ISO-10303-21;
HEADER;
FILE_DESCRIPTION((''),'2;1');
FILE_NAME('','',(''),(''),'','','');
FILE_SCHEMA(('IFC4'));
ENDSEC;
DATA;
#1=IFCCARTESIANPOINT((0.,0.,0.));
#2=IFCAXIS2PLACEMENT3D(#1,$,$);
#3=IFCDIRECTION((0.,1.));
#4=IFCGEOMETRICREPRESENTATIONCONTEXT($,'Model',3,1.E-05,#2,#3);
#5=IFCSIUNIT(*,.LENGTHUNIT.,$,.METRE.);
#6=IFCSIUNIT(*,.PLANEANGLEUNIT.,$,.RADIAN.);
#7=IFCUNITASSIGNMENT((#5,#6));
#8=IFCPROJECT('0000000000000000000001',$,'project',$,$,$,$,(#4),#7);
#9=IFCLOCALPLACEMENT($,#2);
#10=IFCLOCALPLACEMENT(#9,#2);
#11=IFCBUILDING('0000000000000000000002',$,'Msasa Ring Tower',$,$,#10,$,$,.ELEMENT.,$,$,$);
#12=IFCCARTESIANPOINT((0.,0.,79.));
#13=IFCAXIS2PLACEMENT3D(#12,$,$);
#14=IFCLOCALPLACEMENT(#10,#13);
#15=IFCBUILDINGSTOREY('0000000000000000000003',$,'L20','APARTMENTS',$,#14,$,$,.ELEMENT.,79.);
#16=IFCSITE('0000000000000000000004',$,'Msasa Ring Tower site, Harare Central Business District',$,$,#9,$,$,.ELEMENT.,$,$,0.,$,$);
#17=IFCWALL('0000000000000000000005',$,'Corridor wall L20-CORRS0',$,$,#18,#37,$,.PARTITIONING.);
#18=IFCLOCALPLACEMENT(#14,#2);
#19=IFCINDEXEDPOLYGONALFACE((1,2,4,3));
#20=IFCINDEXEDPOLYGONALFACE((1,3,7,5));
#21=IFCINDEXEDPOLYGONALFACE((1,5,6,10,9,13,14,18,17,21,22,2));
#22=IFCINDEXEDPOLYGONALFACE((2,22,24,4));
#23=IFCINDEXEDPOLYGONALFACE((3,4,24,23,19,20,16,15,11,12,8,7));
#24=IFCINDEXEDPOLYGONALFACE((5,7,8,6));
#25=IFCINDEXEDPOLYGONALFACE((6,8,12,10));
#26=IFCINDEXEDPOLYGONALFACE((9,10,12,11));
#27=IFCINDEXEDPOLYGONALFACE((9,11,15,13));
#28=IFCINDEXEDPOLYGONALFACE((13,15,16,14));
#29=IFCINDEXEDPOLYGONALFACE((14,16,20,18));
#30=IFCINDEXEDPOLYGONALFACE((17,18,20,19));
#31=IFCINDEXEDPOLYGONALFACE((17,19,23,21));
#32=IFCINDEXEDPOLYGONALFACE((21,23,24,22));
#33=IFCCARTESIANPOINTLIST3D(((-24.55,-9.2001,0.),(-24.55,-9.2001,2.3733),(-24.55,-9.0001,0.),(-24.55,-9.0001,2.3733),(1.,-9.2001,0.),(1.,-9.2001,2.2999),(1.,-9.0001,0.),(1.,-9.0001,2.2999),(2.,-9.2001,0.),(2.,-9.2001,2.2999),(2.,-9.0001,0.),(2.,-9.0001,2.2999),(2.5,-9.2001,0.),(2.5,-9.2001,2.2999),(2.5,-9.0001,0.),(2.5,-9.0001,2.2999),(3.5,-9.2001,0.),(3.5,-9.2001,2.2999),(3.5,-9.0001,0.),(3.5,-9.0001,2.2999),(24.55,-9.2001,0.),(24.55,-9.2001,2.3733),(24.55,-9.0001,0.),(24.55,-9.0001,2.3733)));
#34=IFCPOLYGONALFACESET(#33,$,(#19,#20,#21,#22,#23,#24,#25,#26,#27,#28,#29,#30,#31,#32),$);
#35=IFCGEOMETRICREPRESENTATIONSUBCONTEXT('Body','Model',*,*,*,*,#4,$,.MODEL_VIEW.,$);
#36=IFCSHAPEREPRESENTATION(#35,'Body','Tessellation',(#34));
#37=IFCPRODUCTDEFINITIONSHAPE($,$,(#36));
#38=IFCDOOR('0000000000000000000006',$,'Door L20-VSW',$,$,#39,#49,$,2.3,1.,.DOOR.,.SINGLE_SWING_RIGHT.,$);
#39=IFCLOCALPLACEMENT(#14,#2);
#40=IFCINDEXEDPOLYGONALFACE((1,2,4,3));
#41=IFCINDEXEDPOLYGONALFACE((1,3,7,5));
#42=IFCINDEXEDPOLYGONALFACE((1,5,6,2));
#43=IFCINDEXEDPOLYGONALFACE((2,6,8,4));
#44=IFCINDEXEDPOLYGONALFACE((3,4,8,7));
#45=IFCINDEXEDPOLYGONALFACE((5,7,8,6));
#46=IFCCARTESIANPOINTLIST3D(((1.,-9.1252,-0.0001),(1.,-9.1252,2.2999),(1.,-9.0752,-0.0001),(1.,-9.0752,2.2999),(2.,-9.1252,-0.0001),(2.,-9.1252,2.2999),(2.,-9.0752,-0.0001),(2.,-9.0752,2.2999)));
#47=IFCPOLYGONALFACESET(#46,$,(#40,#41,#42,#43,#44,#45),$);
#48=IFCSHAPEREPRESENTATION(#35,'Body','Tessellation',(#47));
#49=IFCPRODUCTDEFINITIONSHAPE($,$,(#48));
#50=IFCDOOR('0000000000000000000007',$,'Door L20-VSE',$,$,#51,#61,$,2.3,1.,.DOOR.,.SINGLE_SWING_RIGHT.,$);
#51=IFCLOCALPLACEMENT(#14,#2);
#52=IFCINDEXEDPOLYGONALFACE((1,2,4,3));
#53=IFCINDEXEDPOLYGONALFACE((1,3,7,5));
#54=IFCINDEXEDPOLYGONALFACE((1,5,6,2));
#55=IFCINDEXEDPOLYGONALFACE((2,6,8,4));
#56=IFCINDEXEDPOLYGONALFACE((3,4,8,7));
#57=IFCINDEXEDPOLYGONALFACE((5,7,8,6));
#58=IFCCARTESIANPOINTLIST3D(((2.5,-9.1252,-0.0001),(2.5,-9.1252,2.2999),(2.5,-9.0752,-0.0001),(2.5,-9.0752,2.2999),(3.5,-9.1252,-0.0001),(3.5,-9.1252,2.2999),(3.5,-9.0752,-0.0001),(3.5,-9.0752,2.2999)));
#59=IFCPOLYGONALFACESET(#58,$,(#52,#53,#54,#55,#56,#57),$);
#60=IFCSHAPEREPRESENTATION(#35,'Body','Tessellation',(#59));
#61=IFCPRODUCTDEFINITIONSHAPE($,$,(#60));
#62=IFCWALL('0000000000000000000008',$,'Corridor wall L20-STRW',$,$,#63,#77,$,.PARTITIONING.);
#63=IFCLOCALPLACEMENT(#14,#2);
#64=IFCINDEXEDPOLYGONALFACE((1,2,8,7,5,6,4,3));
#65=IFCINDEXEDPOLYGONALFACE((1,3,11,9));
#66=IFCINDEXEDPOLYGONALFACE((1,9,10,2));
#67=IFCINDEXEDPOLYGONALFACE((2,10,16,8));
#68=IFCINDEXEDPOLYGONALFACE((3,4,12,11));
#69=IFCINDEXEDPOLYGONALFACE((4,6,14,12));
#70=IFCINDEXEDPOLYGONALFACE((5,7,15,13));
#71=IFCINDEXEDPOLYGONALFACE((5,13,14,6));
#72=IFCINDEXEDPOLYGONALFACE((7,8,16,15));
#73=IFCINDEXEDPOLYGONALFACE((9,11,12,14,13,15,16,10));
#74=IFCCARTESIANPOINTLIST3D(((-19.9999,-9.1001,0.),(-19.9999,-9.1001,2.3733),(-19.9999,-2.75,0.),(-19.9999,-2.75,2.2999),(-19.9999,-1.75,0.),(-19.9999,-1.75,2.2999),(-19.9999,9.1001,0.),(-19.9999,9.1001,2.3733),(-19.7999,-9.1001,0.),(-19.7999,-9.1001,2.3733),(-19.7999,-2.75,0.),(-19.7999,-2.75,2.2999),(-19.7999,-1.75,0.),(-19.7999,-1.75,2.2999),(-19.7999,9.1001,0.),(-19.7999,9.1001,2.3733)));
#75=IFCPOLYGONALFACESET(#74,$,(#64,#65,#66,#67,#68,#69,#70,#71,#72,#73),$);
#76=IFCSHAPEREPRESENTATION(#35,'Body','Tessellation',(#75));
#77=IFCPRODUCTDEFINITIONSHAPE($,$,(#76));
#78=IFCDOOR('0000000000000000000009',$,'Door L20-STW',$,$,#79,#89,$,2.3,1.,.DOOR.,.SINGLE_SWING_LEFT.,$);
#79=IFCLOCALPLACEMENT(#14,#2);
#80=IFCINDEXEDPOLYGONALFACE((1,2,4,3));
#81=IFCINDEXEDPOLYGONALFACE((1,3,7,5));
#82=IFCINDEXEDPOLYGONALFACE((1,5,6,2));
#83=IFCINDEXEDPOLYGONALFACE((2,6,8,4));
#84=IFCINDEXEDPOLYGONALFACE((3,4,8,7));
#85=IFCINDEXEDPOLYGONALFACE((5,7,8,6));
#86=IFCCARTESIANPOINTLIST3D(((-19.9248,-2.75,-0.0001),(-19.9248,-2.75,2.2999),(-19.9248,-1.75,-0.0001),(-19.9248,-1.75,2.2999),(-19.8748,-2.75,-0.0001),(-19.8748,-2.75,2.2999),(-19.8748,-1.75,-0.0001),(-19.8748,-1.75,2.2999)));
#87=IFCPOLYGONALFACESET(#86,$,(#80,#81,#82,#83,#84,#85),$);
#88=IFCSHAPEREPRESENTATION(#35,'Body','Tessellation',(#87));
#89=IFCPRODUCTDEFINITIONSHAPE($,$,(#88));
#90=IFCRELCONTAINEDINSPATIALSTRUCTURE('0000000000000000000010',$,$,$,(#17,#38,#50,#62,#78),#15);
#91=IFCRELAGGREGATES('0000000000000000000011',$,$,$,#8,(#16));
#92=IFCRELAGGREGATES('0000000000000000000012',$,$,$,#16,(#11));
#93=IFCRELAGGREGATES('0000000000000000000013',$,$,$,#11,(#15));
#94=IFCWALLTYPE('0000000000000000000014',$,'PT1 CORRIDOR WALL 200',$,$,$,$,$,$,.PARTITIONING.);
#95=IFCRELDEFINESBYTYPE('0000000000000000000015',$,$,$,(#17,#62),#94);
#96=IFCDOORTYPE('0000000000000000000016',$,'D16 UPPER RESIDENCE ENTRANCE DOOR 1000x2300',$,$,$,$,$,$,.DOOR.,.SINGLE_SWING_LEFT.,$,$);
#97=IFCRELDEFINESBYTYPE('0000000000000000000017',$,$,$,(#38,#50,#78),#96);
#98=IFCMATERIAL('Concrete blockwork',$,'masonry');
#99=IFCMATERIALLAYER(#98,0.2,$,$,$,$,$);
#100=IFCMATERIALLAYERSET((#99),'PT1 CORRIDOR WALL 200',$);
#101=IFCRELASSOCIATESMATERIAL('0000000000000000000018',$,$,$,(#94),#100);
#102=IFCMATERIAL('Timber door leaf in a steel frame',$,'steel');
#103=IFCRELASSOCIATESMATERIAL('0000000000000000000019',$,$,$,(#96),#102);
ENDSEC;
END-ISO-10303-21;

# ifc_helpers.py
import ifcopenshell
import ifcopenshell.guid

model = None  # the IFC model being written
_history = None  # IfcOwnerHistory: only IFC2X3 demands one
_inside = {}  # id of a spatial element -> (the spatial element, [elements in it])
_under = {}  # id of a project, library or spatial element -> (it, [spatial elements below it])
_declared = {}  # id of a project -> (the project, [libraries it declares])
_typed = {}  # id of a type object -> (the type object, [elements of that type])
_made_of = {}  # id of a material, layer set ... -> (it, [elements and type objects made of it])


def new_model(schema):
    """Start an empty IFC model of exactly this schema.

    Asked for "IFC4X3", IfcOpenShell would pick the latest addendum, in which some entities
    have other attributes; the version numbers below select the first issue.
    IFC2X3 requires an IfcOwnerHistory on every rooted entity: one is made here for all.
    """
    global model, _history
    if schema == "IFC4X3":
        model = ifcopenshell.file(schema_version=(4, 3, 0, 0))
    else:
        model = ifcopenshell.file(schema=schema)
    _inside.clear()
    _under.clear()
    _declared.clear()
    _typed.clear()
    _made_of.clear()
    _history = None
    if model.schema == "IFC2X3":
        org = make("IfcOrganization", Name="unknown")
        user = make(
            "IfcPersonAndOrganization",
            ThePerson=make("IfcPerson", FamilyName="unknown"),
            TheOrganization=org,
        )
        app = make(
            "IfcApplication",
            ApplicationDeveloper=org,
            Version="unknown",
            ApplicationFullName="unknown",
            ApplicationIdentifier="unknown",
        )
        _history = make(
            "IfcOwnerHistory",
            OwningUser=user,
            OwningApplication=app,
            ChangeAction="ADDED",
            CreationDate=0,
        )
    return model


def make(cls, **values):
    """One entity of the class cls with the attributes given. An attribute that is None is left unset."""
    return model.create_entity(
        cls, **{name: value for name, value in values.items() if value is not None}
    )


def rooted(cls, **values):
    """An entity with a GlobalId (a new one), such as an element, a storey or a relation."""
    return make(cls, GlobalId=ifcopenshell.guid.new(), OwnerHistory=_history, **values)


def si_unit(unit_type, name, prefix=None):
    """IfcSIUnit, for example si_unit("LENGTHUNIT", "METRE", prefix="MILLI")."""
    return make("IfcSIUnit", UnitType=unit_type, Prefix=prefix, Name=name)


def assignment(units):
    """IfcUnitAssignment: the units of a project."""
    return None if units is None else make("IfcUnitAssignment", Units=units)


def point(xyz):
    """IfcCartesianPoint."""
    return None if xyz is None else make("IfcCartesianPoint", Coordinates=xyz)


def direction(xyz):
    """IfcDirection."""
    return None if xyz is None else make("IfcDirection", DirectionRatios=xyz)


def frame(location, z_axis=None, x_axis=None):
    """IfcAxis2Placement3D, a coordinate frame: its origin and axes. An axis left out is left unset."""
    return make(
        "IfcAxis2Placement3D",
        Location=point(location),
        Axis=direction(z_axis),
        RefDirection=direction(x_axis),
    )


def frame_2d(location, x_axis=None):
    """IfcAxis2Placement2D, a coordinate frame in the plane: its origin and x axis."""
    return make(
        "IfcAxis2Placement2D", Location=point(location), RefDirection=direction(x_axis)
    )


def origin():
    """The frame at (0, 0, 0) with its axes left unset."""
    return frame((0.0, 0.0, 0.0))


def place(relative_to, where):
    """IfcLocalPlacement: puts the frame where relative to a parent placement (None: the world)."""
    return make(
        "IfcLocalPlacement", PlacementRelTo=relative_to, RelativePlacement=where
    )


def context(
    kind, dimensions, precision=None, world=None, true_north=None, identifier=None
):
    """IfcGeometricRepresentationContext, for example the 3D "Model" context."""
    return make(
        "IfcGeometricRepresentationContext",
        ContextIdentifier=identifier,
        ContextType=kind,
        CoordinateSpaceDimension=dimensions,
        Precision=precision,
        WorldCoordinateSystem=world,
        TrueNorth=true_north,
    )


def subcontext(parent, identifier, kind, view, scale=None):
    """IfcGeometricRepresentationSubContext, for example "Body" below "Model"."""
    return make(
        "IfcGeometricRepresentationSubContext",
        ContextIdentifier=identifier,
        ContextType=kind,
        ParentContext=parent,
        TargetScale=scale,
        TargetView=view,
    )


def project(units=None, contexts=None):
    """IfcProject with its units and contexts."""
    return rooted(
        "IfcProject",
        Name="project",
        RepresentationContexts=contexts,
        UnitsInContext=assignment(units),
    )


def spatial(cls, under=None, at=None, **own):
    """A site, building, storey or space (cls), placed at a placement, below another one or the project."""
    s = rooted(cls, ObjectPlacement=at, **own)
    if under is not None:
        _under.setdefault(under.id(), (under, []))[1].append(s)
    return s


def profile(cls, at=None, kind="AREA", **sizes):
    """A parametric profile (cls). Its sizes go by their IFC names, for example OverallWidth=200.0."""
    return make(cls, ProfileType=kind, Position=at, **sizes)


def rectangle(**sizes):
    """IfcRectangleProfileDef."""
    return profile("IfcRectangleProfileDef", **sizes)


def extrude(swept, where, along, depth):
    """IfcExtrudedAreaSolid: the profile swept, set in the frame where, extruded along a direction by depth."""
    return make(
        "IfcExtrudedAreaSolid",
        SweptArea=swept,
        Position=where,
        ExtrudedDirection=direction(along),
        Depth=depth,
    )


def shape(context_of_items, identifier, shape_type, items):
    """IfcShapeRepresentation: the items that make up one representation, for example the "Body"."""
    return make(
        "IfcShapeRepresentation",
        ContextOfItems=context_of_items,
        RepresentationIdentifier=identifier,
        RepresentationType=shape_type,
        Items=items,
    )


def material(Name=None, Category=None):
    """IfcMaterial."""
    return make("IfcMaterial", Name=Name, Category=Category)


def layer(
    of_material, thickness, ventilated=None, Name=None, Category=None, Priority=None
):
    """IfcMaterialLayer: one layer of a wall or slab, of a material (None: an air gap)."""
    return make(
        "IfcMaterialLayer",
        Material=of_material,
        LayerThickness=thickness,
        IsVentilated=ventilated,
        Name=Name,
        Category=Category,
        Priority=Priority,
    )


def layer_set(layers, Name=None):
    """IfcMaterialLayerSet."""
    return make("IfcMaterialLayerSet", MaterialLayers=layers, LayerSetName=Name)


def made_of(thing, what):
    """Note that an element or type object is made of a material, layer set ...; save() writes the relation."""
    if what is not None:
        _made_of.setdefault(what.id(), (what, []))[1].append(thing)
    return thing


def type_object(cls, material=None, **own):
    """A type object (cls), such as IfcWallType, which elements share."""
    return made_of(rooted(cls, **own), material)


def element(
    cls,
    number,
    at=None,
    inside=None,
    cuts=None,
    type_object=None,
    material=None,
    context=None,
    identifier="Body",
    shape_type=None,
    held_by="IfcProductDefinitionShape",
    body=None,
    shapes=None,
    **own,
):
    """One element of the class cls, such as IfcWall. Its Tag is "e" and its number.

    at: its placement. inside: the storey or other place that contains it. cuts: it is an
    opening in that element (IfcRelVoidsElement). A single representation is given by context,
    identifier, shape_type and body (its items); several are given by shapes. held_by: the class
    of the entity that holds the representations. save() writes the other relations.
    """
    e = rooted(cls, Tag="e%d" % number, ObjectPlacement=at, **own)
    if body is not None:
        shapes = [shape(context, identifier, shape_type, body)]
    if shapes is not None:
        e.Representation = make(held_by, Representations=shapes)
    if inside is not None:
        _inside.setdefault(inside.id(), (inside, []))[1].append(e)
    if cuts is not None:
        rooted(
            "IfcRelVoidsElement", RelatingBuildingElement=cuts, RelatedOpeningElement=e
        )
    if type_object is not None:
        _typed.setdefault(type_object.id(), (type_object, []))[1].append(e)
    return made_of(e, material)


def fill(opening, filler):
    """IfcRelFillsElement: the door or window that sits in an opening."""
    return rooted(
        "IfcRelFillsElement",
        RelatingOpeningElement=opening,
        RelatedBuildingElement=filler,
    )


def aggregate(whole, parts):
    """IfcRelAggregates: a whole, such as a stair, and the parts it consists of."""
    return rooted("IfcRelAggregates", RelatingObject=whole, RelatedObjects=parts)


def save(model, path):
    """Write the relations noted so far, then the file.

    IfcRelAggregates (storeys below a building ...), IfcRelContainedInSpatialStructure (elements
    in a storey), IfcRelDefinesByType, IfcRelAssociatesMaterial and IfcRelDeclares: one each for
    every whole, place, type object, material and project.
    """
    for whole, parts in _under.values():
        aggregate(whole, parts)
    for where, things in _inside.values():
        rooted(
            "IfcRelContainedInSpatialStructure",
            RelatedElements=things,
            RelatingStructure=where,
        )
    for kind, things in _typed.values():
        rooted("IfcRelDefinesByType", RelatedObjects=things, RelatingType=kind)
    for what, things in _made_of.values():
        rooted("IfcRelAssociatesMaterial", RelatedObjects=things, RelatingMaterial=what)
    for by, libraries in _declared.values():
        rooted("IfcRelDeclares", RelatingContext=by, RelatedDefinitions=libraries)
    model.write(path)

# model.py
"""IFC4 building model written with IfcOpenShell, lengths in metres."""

from ifc_helpers import new_model, si_unit, direction, frame, frame_2d, origin, place, context, subcontext, project, spatial, rectangle, extrude, material, layer, layer_set, type_object, element, fill, save


model = new_model("IFC4")

# Units and contexts
model_context = context("Model", 3, precision=1e-05, world=origin(), true_north=direction((0.0, 1.0)))
body_context = subcontext(model_context, "Body", "Model", "MODEL_VIEW")
ifc_project = project(units=[si_unit("LENGTHUNIT", "METRE"), si_unit("PLANEANGLEUNIT", "RADIAN")], contexts=[model_context])

# Site, building, storey
site_placement = place(None, origin())
site = spatial("IfcSite", under=ifc_project, at=site_placement, Name="Msasa Ring Tower site, Harare Central Business District", CompositionType="ELEMENT", RefElevation=0.0)
building_placement = place(site_placement, origin())
building = spatial("IfcBuilding", under=site, at=building_placement, Name="Msasa Ring Tower", CompositionType="ELEMENT")
storey_placement = place(building_placement, frame((0.0, 0.0, 79.0)))
storey = spatial("IfcBuildingStorey", under=building, at=storey_placement, Name="L20", Description="APARTMENTS", CompositionType="ELEMENT", Elevation=79.0)

# Wall, openings, doors
ifc_material_1 = material(Name="Concrete blockwork", Category="masonry")
ifc_layer_1 = layer(ifc_material_1, 0.2)
ifc_layer_set_1 = layer_set([ifc_layer_1], Name="PT1 CORRIDOR WALL 200")
wall_type_1 = type_object("IfcWallType", Name="PT1 CORRIDOR WALL 200", PredefinedType="PARTITIONING", material=ifc_layer_set_1)
wall_1_placement = place(storey_placement, frame((-24.55, -9.1001, 0.0), z_axis=(0.0, 0.0, 1.0), x_axis=(1.0, 0.0, 0.0)))
wall_1 = element("IfcWall", 1, at=wall_1_placement, inside=storey, type_object=wall_type_1, Name="Corridor wall L20-CORRS0", PredefinedType="PARTITIONING", context=body_context, shape_type="SweptSolid", body=[
    extrude(rectangle(XDim=49.1001, YDim=0.2, at=frame_2d((24.55, 0.0))), origin(), (0.0, 0.0, 1.0), 2.3733),
])
opening_1_placement = place(wall_1_placement, frame((25.55, 0.0, 0.0)))
opening_1 = element("IfcOpeningElement", 2, at=opening_1_placement, cuts=wall_1, PredefinedType="OPENING", context=body_context, shape_type="SweptSolid", body=[
    extrude(rectangle(XDim=1.0, YDim=2.3, at=frame_2d((0.5, 1.1499))), frame((0.0, 0.1099, 0.0), z_axis=(0.0, -1.0, 0.0), x_axis=(1.0, 0.0, 0.0)), (0.0, 0.0, 1.0), 0.22),
])
opening_2_placement = place(wall_1_placement, frame((27.05, 0.0, 0.0)))
opening_2 = element("IfcOpeningElement", 3, at=opening_2_placement, cuts=wall_1, PredefinedType="OPENING", context=body_context, shape_type="SweptSolid", body=[
    extrude(rectangle(XDim=1.0, YDim=2.3, at=frame_2d((0.5, 1.1499))), frame((0.0, 0.1099, 0.0), z_axis=(0.0, -1.0, 0.0), x_axis=(1.0, 0.0, 0.0)), (0.0, 0.0, 1.0), 0.22),
])
ifc_material_2 = material(Name="Timber door leaf in a steel frame", Category="steel")
door_type_1 = type_object("IfcDoorType", Name="D16 UPPER RESIDENCE ENTRANCE DOOR 1000x2300", OperationType="SINGLE_SWING_LEFT", PredefinedType="DOOR", material=ifc_material_2)
door_1_placement = place(opening_1_placement, origin())
door_1 = element("IfcDoor", 4, at=door_1_placement, inside=storey, type_object=door_type_1, Name="Door L20-VSW", OperationType="SINGLE_SWING_RIGHT", OverallHeight=2.3, OverallWidth=1.0, PredefinedType="DOOR", context=body_context, shape_type="SweptSolid", body=[
    extrude(rectangle(XDim=1.0, YDim=2.3, at=frame_2d((0.5, 1.1499))), frame((0.0, 0.0249, 0.0), z_axis=(0.0, -1.0, 0.0), x_axis=(1.0, 0.0, 0.0)), (0.0, 0.0, 1.0), 0.05),
])
fill(opening_1, door_1)
door_2_placement = place(opening_2_placement, origin())
door_2 = element("IfcDoor", 5, at=door_2_placement, inside=storey, type_object=door_type_1, Name="Door L20-VSE", OperationType="SINGLE_SWING_RIGHT", OverallHeight=2.3, OverallWidth=1.0, PredefinedType="DOOR", context=body_context, shape_type="SweptSolid", body=[
    extrude(rectangle(XDim=1.0, YDim=2.3, at=frame_2d((0.5, 1.1499))), frame((0.0, 0.0249, 0.0), z_axis=(0.0, -1.0, 0.0), x_axis=(1.0, 0.0, 0.0)), (0.0, 0.0, 1.0), 0.05),
])
fill(opening_2, door_2)

# Wall, opening, door
wall_2_placement = place(storey_placement, frame((-19.8999, -9.1001, 0.0), z_axis=(0.0, 0.0, 1.0), x_axis=(0.0, 1.0, 0.0)))
wall_2 = element("IfcWall", 6, at=wall_2_placement, inside=storey, type_object=wall_type_1, Name="Corridor wall L20-STRW", PredefinedType="PARTITIONING", context=body_context, shape_type="SweptSolid", body=[
    extrude(rectangle(XDim=18.2002, YDim=0.2, at=frame_2d((9.1001, 0.0))), origin(), (0.0, 0.0, 1.0), 2.3733),
])
opening_3_placement = place(wall_2_placement, frame((6.3501, 0.0, 0.0)))
opening_3 = element("IfcOpeningElement", 7, at=opening_3_placement, cuts=wall_2, PredefinedType="OPENING", context=body_context, shape_type="SweptSolid", body=[
    extrude(rectangle(XDim=1.0, YDim=2.3, at=frame_2d((0.5, 1.1499))), frame((0.0, 0.1099, 0.0), z_axis=(0.0, -1.0, 0.0), x_axis=(1.0, 0.0, 0.0)), (0.0, 0.0, 1.0), 0.22),
])
door_3_placement = place(opening_3_placement, origin())
door_3 = element("IfcDoor", 8, at=door_3_placement, inside=storey, type_object=door_type_1, Name="Door L20-STW", OperationType="SINGLE_SWING_LEFT", OverallHeight=2.3, OverallWidth=1.0, PredefinedType="DOOR", context=body_context, shape_type="SweptSolid", body=[
    extrude(rectangle(XDim=1.0, YDim=2.3, at=frame_2d((0.5, 1.1499))), frame((0.0, 0.0249, 0.0), z_axis=(0.0, -1.0, 0.0), x_axis=(1.0, 0.0, 0.0)), (0.0, 0.0, 1.0), 0.05),
])
fill(opening_3, door_3)

save(model, "model.ifc")
